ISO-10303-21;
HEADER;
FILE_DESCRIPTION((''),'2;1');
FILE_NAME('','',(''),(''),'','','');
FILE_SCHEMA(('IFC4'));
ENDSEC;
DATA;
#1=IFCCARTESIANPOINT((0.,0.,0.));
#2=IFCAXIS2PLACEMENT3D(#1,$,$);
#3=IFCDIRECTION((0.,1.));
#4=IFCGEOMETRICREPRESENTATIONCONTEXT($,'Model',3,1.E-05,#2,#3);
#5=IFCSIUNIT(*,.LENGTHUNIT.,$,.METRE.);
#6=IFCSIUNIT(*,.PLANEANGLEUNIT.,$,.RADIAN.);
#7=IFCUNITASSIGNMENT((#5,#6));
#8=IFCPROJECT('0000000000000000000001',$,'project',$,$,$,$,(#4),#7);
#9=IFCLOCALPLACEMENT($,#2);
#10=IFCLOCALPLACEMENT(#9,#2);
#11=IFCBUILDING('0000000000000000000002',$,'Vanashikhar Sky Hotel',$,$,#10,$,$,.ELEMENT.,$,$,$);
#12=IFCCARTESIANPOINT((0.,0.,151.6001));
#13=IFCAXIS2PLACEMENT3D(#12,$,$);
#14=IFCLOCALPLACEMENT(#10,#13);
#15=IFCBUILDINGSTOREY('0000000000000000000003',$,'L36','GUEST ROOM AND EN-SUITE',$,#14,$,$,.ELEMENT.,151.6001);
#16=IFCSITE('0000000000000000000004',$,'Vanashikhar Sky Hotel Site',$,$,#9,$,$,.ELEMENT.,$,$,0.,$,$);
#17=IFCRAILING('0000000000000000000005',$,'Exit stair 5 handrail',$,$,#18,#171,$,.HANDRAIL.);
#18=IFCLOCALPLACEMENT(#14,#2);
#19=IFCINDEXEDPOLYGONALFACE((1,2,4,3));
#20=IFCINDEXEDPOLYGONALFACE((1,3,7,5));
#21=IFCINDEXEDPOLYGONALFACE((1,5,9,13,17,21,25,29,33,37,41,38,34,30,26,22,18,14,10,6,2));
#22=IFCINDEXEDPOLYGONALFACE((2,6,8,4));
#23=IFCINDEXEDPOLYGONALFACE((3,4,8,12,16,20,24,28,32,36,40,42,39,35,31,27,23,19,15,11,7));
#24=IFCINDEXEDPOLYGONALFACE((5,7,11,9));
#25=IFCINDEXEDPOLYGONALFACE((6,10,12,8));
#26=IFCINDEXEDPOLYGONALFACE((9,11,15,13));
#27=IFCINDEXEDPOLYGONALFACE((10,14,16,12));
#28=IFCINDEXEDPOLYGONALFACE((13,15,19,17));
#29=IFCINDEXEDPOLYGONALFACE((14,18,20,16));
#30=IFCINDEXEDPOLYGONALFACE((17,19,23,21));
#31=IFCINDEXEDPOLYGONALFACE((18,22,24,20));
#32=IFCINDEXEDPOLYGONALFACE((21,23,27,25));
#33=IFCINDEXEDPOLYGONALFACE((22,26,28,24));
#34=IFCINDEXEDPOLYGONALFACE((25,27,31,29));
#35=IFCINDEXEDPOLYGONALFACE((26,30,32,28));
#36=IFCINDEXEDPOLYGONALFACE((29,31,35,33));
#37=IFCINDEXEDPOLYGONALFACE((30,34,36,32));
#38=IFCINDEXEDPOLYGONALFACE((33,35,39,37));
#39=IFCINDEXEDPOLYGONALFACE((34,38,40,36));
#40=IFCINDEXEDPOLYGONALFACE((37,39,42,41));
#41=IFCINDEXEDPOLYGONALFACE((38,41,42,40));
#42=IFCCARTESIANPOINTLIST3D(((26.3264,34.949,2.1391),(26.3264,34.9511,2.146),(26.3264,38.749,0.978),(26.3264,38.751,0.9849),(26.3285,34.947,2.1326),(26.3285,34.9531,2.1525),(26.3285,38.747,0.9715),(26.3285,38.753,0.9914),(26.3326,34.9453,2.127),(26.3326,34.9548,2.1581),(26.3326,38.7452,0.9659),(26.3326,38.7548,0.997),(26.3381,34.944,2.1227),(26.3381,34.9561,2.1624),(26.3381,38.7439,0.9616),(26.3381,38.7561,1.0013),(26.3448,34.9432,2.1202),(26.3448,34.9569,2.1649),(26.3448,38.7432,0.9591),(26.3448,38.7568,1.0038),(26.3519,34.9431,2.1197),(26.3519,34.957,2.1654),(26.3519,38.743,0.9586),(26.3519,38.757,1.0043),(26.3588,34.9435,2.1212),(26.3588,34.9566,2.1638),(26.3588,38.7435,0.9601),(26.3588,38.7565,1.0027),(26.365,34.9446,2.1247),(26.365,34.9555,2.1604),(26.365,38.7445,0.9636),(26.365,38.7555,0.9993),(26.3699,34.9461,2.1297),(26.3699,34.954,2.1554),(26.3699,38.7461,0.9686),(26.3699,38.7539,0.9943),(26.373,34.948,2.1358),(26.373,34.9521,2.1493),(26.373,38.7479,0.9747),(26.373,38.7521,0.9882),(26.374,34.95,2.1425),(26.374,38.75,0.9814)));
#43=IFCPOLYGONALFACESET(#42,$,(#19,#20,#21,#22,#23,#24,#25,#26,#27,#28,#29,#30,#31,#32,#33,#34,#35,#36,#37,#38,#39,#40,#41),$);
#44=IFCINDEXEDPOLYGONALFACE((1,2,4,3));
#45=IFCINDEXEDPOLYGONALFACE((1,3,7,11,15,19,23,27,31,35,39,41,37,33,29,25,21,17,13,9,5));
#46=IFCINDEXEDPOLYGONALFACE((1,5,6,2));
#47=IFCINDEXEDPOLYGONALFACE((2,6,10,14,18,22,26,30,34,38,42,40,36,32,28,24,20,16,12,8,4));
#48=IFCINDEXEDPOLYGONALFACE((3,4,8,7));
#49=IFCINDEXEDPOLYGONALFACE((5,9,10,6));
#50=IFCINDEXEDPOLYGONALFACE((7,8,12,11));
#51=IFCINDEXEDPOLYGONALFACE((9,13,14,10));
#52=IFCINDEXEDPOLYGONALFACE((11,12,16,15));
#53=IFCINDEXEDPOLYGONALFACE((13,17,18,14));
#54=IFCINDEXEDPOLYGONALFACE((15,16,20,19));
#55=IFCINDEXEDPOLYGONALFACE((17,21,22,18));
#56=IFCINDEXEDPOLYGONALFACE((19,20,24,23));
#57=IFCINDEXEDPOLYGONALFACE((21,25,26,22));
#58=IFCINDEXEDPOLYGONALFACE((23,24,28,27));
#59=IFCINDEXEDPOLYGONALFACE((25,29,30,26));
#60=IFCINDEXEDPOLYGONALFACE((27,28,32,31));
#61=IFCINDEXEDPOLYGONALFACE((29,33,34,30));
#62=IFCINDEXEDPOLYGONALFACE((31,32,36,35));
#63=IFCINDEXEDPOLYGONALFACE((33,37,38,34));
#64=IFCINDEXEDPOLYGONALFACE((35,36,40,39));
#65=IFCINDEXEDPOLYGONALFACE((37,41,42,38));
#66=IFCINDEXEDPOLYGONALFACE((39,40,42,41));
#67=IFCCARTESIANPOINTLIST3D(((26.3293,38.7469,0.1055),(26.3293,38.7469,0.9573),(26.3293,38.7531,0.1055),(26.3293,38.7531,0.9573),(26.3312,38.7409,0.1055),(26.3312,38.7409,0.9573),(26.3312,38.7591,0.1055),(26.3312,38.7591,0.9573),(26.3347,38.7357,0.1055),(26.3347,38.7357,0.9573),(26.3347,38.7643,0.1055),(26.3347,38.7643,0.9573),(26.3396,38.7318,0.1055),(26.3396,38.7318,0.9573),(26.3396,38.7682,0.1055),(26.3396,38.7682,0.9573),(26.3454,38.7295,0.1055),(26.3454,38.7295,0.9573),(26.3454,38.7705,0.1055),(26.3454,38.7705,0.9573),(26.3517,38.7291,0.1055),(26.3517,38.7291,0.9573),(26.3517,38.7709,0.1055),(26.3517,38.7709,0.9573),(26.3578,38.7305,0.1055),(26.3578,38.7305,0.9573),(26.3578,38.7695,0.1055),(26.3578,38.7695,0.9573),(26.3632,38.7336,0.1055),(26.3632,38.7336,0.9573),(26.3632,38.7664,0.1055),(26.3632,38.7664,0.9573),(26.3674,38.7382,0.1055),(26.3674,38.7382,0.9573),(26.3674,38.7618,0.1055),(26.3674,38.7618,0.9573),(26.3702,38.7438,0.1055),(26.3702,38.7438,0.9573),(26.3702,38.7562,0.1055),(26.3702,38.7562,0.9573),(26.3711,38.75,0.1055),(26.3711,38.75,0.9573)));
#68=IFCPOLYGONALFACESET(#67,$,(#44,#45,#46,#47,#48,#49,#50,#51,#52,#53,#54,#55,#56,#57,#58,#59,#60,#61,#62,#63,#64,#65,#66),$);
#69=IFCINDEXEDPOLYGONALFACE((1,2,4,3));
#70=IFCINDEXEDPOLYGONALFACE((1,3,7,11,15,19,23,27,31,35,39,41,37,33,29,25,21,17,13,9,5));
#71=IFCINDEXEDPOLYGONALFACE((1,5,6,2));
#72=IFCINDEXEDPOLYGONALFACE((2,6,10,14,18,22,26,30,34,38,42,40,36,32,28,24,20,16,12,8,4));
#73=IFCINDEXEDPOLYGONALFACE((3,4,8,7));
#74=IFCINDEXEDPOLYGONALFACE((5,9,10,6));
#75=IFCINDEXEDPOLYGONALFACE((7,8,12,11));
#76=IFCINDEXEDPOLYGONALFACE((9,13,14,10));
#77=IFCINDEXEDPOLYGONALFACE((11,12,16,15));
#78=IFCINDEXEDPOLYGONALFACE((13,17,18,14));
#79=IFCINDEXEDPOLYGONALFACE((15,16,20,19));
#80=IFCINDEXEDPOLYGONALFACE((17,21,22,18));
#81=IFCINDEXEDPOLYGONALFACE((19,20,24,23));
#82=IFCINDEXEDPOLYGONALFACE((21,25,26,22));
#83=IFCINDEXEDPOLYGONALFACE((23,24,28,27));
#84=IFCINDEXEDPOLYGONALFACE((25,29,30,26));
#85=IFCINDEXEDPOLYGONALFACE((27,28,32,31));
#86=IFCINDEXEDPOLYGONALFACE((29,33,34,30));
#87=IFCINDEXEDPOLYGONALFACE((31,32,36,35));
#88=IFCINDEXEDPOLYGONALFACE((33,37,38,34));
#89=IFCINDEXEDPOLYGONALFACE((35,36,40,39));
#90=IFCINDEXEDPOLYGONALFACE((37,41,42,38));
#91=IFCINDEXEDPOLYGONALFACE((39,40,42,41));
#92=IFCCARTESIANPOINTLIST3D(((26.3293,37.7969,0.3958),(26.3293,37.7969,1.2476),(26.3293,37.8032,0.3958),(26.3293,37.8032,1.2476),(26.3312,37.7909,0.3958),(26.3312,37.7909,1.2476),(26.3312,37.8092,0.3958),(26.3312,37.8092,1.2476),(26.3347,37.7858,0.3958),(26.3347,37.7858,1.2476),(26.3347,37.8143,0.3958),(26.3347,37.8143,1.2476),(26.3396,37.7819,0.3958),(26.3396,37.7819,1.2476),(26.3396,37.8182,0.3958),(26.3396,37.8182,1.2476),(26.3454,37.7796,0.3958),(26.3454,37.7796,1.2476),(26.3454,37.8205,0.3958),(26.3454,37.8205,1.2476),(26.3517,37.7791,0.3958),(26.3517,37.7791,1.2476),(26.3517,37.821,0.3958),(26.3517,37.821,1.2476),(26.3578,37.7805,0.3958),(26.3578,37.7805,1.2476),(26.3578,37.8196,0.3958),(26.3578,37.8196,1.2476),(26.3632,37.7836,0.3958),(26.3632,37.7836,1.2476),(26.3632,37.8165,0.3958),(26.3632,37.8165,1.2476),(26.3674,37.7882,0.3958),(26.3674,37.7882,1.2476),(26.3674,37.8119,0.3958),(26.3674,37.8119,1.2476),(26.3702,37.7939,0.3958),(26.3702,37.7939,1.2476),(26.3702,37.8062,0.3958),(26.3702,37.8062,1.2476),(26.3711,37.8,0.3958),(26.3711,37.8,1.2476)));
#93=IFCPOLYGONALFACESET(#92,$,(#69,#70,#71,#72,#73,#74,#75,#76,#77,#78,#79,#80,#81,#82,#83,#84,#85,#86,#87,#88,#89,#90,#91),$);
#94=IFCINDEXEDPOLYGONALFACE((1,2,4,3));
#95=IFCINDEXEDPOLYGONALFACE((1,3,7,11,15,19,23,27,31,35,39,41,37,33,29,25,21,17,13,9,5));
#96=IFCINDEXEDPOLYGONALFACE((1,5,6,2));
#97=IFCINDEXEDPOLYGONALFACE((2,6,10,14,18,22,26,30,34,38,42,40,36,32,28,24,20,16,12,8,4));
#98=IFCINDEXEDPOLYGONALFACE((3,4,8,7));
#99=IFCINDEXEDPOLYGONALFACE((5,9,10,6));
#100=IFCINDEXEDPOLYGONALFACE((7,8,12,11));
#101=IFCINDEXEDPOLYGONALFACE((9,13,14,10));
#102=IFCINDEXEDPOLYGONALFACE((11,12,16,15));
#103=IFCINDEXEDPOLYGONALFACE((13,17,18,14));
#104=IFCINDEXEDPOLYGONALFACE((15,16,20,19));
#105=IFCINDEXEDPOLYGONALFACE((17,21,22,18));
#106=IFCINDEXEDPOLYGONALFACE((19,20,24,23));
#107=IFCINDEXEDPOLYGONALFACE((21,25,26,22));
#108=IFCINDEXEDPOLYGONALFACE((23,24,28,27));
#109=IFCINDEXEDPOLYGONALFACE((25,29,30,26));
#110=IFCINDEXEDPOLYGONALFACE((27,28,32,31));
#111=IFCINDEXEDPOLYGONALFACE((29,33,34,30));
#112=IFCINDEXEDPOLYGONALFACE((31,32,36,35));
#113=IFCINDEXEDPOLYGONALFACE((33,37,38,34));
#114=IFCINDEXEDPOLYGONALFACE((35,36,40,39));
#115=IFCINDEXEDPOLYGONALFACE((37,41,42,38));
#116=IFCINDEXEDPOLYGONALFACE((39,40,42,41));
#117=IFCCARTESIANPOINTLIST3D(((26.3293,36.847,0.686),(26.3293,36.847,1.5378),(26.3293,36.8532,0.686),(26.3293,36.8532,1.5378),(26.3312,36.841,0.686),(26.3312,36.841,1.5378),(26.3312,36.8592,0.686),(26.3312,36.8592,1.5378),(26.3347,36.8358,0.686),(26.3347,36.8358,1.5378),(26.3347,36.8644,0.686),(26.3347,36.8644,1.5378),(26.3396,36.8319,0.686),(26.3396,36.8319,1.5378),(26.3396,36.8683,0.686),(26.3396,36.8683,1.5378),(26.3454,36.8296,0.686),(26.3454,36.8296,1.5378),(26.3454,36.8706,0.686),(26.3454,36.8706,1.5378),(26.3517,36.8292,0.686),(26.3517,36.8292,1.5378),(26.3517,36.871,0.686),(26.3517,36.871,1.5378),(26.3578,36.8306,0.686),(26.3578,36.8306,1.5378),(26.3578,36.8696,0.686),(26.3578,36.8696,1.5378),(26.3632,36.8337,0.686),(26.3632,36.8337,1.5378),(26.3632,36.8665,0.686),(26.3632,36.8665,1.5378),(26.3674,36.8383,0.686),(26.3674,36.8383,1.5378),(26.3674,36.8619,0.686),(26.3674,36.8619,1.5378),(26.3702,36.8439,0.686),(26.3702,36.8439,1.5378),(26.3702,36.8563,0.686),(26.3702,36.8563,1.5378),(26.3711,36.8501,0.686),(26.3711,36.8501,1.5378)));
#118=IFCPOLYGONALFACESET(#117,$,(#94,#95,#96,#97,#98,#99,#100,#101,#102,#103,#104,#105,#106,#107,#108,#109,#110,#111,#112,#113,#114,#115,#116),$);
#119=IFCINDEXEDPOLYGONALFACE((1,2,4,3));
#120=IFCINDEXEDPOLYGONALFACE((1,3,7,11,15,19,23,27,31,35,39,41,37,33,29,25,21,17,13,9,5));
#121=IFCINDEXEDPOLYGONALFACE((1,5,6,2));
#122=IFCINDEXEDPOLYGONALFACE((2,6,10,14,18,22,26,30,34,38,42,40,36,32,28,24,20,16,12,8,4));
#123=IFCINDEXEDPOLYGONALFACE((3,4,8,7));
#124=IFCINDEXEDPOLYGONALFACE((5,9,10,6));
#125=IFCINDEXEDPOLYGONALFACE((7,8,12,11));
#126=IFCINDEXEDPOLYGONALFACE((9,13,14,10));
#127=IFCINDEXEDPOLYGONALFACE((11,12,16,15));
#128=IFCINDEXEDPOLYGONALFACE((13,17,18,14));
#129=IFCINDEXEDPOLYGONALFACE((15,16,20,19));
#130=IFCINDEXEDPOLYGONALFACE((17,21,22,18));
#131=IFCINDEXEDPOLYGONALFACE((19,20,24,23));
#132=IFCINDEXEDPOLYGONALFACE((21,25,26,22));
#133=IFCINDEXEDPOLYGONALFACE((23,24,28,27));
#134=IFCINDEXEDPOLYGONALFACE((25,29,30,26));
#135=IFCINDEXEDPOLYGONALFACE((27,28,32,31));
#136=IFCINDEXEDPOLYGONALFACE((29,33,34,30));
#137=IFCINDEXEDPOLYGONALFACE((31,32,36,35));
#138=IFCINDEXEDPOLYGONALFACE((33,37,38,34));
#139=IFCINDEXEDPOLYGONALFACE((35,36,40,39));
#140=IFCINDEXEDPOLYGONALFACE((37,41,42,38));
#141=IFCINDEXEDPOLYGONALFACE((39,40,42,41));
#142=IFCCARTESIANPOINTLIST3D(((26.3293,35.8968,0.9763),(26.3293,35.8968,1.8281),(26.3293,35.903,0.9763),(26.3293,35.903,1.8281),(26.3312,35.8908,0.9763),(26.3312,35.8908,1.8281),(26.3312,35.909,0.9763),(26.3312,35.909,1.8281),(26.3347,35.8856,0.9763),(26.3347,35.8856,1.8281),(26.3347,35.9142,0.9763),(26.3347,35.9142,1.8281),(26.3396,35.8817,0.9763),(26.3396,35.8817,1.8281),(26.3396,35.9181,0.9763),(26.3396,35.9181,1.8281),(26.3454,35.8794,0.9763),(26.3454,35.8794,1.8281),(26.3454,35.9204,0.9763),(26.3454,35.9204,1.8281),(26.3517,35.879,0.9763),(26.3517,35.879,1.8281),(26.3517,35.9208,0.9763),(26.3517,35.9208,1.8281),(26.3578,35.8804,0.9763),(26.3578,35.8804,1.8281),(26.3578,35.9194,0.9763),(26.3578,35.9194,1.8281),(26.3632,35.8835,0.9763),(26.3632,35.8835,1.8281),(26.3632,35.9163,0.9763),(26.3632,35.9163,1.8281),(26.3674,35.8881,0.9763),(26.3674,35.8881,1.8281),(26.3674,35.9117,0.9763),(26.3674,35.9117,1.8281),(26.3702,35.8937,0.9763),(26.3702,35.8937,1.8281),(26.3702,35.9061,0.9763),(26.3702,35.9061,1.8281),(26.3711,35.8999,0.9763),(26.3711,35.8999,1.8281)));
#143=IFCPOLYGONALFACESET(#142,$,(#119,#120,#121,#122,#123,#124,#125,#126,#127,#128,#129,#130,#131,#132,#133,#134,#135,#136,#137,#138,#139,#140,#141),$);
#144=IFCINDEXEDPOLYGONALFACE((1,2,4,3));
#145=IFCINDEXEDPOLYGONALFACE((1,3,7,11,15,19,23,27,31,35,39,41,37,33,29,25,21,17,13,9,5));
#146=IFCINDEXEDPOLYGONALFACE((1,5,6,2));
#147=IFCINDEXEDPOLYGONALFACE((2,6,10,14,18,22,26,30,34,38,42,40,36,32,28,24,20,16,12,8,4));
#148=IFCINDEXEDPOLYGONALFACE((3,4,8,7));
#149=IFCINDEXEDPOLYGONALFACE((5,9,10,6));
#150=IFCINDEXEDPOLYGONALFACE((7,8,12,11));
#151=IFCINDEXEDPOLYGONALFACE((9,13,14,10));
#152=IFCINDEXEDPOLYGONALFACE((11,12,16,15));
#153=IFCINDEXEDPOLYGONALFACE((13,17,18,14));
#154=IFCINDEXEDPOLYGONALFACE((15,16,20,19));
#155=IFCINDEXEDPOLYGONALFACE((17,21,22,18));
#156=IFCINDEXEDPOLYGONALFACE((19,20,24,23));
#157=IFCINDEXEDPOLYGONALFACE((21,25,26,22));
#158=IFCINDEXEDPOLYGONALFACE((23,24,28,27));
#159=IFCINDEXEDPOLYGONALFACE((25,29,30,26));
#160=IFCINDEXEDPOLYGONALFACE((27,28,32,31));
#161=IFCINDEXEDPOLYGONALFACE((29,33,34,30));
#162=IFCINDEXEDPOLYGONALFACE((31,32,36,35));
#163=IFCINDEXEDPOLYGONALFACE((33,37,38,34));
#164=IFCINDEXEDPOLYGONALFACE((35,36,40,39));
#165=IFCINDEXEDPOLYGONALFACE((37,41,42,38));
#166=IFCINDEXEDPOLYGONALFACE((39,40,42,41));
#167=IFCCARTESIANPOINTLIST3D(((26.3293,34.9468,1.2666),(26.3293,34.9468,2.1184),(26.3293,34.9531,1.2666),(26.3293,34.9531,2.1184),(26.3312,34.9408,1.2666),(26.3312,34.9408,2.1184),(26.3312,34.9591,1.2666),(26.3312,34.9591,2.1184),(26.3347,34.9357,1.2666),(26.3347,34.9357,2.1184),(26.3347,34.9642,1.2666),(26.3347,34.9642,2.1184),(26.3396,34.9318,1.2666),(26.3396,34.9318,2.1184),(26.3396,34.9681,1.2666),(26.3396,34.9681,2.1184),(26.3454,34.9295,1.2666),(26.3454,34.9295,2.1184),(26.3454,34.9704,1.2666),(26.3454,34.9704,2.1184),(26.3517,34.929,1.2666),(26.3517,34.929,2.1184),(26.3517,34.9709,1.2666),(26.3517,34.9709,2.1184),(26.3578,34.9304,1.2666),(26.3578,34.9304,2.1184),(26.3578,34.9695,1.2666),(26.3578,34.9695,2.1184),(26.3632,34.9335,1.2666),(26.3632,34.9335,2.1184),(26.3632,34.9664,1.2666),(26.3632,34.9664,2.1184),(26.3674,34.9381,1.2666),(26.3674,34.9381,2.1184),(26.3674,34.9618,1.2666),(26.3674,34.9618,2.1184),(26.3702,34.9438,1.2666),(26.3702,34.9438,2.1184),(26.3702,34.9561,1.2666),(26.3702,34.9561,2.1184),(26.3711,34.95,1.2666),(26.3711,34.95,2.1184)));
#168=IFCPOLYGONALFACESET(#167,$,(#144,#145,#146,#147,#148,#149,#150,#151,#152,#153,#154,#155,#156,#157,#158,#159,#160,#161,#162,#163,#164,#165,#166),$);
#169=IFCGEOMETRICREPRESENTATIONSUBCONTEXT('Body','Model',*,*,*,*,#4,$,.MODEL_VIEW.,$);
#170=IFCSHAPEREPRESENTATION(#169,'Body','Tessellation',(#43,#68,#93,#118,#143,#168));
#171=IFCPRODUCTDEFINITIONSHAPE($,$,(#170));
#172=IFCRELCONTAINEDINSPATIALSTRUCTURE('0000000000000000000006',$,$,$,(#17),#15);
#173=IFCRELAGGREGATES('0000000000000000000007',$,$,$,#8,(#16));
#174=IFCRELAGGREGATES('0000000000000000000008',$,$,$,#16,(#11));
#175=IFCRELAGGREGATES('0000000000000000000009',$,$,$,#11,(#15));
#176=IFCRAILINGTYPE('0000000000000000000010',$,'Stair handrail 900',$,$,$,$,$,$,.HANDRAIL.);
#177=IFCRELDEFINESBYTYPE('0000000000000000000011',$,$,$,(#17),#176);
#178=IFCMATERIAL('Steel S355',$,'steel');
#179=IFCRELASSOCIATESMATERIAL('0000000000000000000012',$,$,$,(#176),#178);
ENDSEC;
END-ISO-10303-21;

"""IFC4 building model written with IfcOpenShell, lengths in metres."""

from ifc_helpers import new_model, si_unit, direction, frame, origin, origin_2d, place, context, subcontext, project, spatial, circle, extrude, source, transform, mapped, material, type_object, element, save


model = new_model("IFC4")

# Units and contexts
model_context = context("Model", 3, precision=1e-05, world=origin(), true_north=direction((0.0, 1.0)))
body_context = subcontext(model_context, "Body", "Model", "MODEL_VIEW")
ifc_project = project(units=[si_unit("LENGTHUNIT", "METRE"), si_unit("PLANEANGLEUNIT", "RADIAN")], contexts=[model_context])

# Site, building, storey
site_placement = place(None, origin())
site = spatial("IfcSite", under=ifc_project, at=site_placement, Name="Vanashikhar Sky Hotel Site", CompositionType="ELEMENT", RefElevation=0.0)
building_placement = place(site_placement, origin())
building = spatial("IfcBuilding", under=site, at=building_placement, Name="Vanashikhar Sky Hotel", CompositionType="ELEMENT")
storey_placement = place(building_placement, frame((0.0, 0.0, 151.6001)))
storey = spatial("IfcBuildingStorey", under=building, at=storey_placement, Name="L36", Description="GUEST ROOM AND EN-SUITE", CompositionType="ELEMENT", Elevation=151.6001)

# Railing
ifc_material_1 = material(Name="Steel S355", Category="steel")
railing_type_1 = type_object("IfcRailingType", Name="Stair handrail 900", PredefinedType="HANDRAIL", material=ifc_material_1)
shared_shape_1 = source(origin(), body_context, "Body", "SweptSolid", [
    extrude(circle(Radius=0.0239, at=origin_2d()), frame((0.0, 0.0, 0.876), z_axis=(0.0, -0.956351, 0.29222), x_axis=(1.0, 0.0, 0.0)), (0.0, 0.0, 1.0), 3.9734),
    extrude(circle(Radius=0.021, at=origin_2d()), origin(), (0.0, 0.0, 1.0), 0.8518),
    extrude(circle(Radius=0.021, at=origin_2d()), frame((0.0, -0.95, 0.2903)), (0.0, 0.0, 1.0), 0.8518),
    extrude(circle(Radius=0.021, at=origin_2d()), frame((0.0, -1.8999, 0.5806)), (0.0, 0.0, 1.0), 0.8518),
    extrude(circle(Radius=0.021, at=origin_2d()), frame((0.0, -2.8501, 0.8708)), (0.0, 0.0, 1.0), 0.8518),
    extrude(circle(Radius=0.021, at=origin_2d()), frame((0.0, -3.8, 1.1611)), (0.0, 0.0, 1.0), 0.8518),
])
for number, where, name in (
    (1, (26.3501, 38.75, 0.1055), "Exit stair 5 handrail"),
):
    element("IfcRailing", number, at=place(storey_placement, frame(where)), inside=storey, type_object=railing_type_1, Name=name, PredefinedType="HANDRAIL", context=body_context, shape_type="MappedRepresentation", body=[
        mapped(shared_shape_1, transform((0.0, 0.0, 0.0), scale=1.0)),
    ])

save(model, "model.ifc")
